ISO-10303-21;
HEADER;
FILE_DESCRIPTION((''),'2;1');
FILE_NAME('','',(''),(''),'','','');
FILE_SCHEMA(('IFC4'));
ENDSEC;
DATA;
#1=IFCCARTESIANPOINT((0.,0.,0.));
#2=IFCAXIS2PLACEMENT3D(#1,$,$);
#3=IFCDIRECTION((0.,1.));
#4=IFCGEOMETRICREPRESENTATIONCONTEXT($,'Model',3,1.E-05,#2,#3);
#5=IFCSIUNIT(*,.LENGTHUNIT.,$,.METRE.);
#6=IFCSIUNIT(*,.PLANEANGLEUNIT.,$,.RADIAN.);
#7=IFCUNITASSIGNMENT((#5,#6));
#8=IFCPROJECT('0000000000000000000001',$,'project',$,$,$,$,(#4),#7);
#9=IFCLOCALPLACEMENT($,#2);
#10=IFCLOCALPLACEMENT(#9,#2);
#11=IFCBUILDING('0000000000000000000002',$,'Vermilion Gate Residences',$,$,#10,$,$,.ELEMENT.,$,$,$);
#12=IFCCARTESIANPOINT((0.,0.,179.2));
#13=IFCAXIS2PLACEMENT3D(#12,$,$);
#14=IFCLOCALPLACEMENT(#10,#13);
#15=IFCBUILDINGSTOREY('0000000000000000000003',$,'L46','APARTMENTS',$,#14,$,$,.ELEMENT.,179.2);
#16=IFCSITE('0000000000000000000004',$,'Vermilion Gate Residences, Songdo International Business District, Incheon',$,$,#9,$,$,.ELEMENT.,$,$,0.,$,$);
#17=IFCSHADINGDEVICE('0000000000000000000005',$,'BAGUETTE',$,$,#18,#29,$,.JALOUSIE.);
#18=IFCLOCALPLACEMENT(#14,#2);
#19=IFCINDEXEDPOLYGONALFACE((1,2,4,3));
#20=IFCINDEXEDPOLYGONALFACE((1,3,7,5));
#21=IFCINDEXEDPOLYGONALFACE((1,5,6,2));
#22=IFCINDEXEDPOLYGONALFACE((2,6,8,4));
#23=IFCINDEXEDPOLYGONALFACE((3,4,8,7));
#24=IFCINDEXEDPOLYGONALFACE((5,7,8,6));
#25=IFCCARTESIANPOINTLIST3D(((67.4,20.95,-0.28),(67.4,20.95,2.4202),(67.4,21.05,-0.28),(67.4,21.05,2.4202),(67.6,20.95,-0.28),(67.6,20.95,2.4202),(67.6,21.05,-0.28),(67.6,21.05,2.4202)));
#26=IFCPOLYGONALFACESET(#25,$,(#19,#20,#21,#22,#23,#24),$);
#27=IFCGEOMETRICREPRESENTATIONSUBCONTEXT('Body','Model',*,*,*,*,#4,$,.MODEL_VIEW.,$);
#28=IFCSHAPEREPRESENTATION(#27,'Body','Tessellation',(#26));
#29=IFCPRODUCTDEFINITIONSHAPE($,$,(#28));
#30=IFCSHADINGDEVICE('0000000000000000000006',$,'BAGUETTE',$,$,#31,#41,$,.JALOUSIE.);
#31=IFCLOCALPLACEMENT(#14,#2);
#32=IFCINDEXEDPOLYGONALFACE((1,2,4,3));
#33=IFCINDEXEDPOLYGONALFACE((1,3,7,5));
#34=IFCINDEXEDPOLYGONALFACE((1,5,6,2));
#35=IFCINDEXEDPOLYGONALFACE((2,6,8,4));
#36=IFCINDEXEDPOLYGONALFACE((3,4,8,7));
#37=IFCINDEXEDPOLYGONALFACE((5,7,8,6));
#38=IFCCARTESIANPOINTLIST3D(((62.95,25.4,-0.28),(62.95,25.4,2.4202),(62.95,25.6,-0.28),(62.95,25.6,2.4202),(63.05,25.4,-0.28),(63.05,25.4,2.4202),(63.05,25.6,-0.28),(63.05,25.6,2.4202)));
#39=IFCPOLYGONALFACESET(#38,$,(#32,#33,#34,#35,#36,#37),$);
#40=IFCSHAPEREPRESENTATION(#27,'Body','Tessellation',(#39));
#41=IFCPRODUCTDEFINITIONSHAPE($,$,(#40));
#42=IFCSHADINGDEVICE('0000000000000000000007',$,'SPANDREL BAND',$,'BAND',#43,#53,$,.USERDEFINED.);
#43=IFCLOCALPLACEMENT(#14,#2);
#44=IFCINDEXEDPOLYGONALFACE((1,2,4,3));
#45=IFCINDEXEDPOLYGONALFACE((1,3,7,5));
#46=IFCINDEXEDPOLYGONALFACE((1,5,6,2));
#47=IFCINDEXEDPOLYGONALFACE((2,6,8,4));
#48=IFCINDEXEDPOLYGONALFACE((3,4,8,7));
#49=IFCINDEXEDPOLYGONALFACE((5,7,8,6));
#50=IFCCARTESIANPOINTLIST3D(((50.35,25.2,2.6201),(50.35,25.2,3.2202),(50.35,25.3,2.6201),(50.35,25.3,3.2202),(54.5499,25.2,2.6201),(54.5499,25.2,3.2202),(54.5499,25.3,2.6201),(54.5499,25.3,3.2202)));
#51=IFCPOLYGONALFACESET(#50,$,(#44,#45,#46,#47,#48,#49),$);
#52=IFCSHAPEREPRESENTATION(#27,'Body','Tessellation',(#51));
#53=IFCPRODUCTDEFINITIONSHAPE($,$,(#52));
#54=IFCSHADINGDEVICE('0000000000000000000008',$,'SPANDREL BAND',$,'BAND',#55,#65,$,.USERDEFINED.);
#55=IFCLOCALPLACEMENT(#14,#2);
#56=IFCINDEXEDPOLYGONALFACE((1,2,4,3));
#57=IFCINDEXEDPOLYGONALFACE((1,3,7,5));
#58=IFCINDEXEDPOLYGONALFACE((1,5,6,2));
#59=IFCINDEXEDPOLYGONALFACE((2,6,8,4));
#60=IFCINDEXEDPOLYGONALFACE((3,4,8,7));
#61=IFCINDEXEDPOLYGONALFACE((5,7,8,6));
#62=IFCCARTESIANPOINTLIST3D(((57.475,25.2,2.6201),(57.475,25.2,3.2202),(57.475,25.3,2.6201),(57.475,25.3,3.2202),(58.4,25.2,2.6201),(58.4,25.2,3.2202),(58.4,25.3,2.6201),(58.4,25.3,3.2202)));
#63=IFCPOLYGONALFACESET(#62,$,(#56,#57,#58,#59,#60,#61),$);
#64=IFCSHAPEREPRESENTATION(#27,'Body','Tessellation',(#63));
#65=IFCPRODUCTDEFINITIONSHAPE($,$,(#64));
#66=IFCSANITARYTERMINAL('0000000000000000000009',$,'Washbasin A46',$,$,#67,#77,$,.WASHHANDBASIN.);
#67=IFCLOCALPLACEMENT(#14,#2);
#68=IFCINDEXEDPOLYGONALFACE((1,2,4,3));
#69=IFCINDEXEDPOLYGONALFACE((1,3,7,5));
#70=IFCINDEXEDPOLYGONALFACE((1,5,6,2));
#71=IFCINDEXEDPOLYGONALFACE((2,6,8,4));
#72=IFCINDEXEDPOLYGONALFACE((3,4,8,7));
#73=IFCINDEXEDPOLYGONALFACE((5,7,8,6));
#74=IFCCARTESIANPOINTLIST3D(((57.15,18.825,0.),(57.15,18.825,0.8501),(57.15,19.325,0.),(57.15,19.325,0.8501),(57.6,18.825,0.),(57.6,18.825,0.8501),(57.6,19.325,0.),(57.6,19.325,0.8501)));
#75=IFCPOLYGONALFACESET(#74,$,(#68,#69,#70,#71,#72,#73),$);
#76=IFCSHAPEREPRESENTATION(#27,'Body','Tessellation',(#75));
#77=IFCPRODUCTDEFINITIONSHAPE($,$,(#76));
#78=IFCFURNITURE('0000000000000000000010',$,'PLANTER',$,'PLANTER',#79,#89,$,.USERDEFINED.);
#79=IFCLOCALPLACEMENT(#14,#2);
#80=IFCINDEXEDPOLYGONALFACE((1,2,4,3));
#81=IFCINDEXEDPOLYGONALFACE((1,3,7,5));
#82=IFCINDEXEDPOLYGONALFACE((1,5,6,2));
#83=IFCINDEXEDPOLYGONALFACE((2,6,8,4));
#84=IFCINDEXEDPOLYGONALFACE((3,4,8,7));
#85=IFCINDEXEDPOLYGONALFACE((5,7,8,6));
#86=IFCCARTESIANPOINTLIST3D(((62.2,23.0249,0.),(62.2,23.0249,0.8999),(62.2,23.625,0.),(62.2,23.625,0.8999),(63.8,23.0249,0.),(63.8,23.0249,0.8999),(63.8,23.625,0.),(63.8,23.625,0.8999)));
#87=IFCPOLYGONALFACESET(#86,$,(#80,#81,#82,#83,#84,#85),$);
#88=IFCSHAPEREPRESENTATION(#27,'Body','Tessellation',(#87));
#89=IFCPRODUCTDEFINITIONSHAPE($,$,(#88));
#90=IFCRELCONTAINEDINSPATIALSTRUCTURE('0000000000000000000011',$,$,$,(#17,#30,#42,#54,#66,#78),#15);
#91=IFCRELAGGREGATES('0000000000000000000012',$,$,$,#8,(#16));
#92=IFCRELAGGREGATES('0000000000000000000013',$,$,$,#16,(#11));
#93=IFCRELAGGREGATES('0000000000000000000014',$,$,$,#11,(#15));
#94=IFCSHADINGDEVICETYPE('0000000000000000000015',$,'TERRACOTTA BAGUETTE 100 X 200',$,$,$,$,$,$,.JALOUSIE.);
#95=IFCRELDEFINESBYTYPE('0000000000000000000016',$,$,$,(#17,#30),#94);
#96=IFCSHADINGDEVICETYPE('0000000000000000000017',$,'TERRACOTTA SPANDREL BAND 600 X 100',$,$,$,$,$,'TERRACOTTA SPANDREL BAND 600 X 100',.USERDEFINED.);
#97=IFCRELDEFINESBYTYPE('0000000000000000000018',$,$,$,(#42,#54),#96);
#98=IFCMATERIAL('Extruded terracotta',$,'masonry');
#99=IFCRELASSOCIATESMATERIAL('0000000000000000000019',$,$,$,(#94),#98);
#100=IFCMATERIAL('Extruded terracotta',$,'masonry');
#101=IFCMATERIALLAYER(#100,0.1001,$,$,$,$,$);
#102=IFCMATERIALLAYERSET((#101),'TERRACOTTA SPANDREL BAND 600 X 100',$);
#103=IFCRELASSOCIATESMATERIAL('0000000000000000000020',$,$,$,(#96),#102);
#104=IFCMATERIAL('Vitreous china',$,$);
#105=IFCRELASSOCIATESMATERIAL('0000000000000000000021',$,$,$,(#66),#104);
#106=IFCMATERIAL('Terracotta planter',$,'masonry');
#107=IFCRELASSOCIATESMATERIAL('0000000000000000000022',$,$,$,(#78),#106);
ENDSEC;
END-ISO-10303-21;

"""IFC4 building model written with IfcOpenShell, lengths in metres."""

from ifc_helpers import new_model, si_unit, direction, frame, origin, origin_2d, place, context, subcontext, project, spatial, rectangle, extrude, material, layer, layer_set, material_profile, profile_set, type_object, element, save


model = new_model("IFC4")

# Units and contexts
model_context = context("Model", 3, precision=1e-05, world=origin(), true_north=direction((0.0, 1.0)))
body_context = subcontext(model_context, "Body", "Model", "MODEL_VIEW")
ifc_project = project(units=[si_unit("LENGTHUNIT", "METRE"), si_unit("PLANEANGLEUNIT", "RADIAN")], contexts=[model_context])

# Site, building, storey
site_placement = place(None, origin())
site = spatial("IfcSite", under=ifc_project, at=site_placement, Name="Vermilion Gate Residences, Songdo International Business District, Incheon", CompositionType="ELEMENT", RefElevation=0.0)
building_placement = place(site_placement, origin())
building = spatial("IfcBuilding", under=site, at=building_placement, Name="Vermilion Gate Residences", CompositionType="ELEMENT")
storey_placement = place(building_placement, frame((0.0, 0.0, 179.2)))
storey = spatial("IfcBuildingStorey", under=building, at=storey_placement, Name="L46", Description="APARTMENTS", CompositionType="ELEMENT", Elevation=179.2)

# Shading devices
ifc_material_1 = material(Name="Extruded terracotta", Category="masonry")
ifc_material_profile_1 = material_profile(ifc_material_1, rectangle(XDim=0.2, YDim=0.1001, at=origin_2d()), Name="BAGUETTE 100 X 200")
ifc_profile_set_1 = profile_set([ifc_material_profile_1], Name="Extruded terracotta")
shading_device_type_1 = type_object("IfcShadingDeviceType", Name="TERRACOTTA BAGUETTE 100 X 200", PredefinedType="JALOUSIE", material=ifc_profile_set_1)
for number, where, z_axis, x_axis, name in (
    (1, (67.5, 21.0, -0.28), (0.0, 0.0, 1.0), (-1.0, 0.0, 0.0), "BAGUETTE"),
    (2, (63.0, 25.5, -0.28), (0.0, 0.0, 1.0), (0.0, -1.0, 0.0), "BAGUETTE"),
):
    element("IfcShadingDevice", number, at=place(storey_placement, frame(where, z_axis=z_axis, x_axis=x_axis)), inside=storey, type_object=shading_device_type_1, Name=name, PredefinedType="JALOUSIE", context=body_context, shape_type="SweptSolid", body=[
        extrude(rectangle(XDim=0.2, YDim=0.1001, at=origin_2d()), origin(), (0.0, 0.0, 1.0), 2.7002),
    ])
ifc_material_2 = material(Name="Extruded terracotta", Category="masonry")
ifc_layer_1 = layer(ifc_material_2, 0.1001)
ifc_layer_set_1 = layer_set([ifc_layer_1], Name="TERRACOTTA SPANDREL BAND 600 X 100")
shading_device_type_2 = type_object("IfcShadingDeviceType", Name="TERRACOTTA SPANDREL BAND 600 X 100", ElementType="TERRACOTTA SPANDREL BAND 600 X 100", PredefinedType="USERDEFINED", material=ifc_layer_set_1)
shading_device_1_placement = place(storey_placement, frame((52.45, 25.25, 2.6201), z_axis=(0.0, 0.0, 1.0), x_axis=(1.0, 0.0, 0.0)))
element("IfcShadingDevice", 3, at=shading_device_1_placement, inside=storey, type_object=shading_device_type_2, Name="SPANDREL BAND", ObjectType="BAND", PredefinedType="USERDEFINED", context=body_context, shape_type="SweptSolid", body=[
    extrude(rectangle(XDim=4.2, YDim=0.1001, at=origin_2d()), origin(), (0.0, 0.0, 1.0), 0.6001),
])
shading_device_2_placement = place(storey_placement, frame((57.9375, 25.25, 2.6201), z_axis=(0.0, 0.0, 1.0), x_axis=(1.0, 0.0, 0.0)))
element("IfcShadingDevice", 4, at=shading_device_2_placement, inside=storey, type_object=shading_device_type_2, Name="SPANDREL BAND", ObjectType="BAND", PredefinedType="USERDEFINED", context=body_context, shape_type="SweptSolid", body=[
    extrude(rectangle(XDim=0.925, YDim=0.1001, at=origin_2d()), origin(), (0.0, 0.0, 1.0), 0.6001),
])

# Sanitary terminal
ifc_material_3 = material(Name="Vitreous china")
sanitary_terminal_placement = place(storey_placement, frame((57.375, 19.075, 0.0), z_axis=(0.0, 0.0, 1.0), x_axis=(1.0, 0.0, 0.0)))
element("IfcSanitaryTerminal", 5, at=sanitary_terminal_placement, inside=storey, material=ifc_material_3, Name="Washbasin A46", PredefinedType="WASHHANDBASIN", context=body_context, shape_type="SweptSolid", body=[
    extrude(rectangle(XDim=0.45, YDim=0.5, at=origin_2d()), origin(), (0.0, 0.0, 1.0), 0.8501),
])

# Furniture
ifc_material_4 = material(Name="Terracotta planter", Category="masonry")
furniture_placement = place(storey_placement, frame((63.0, 23.325, 0.0), z_axis=(0.0, 0.0, 1.0), x_axis=(-1.0, 0.0, 0.0)))
element("IfcFurniture", 6, at=furniture_placement, inside=storey, material=ifc_material_4, Name="PLANTER", ObjectType="PLANTER", PredefinedType="USERDEFINED", context=body_context, shape_type="SweptSolid", body=[
    extrude(rectangle(XDim=1.6001, YDim=0.6001, at=origin_2d()), origin(), (0.0, 0.0, 1.0), 0.8999),
])

save(model, "model.ifc")
